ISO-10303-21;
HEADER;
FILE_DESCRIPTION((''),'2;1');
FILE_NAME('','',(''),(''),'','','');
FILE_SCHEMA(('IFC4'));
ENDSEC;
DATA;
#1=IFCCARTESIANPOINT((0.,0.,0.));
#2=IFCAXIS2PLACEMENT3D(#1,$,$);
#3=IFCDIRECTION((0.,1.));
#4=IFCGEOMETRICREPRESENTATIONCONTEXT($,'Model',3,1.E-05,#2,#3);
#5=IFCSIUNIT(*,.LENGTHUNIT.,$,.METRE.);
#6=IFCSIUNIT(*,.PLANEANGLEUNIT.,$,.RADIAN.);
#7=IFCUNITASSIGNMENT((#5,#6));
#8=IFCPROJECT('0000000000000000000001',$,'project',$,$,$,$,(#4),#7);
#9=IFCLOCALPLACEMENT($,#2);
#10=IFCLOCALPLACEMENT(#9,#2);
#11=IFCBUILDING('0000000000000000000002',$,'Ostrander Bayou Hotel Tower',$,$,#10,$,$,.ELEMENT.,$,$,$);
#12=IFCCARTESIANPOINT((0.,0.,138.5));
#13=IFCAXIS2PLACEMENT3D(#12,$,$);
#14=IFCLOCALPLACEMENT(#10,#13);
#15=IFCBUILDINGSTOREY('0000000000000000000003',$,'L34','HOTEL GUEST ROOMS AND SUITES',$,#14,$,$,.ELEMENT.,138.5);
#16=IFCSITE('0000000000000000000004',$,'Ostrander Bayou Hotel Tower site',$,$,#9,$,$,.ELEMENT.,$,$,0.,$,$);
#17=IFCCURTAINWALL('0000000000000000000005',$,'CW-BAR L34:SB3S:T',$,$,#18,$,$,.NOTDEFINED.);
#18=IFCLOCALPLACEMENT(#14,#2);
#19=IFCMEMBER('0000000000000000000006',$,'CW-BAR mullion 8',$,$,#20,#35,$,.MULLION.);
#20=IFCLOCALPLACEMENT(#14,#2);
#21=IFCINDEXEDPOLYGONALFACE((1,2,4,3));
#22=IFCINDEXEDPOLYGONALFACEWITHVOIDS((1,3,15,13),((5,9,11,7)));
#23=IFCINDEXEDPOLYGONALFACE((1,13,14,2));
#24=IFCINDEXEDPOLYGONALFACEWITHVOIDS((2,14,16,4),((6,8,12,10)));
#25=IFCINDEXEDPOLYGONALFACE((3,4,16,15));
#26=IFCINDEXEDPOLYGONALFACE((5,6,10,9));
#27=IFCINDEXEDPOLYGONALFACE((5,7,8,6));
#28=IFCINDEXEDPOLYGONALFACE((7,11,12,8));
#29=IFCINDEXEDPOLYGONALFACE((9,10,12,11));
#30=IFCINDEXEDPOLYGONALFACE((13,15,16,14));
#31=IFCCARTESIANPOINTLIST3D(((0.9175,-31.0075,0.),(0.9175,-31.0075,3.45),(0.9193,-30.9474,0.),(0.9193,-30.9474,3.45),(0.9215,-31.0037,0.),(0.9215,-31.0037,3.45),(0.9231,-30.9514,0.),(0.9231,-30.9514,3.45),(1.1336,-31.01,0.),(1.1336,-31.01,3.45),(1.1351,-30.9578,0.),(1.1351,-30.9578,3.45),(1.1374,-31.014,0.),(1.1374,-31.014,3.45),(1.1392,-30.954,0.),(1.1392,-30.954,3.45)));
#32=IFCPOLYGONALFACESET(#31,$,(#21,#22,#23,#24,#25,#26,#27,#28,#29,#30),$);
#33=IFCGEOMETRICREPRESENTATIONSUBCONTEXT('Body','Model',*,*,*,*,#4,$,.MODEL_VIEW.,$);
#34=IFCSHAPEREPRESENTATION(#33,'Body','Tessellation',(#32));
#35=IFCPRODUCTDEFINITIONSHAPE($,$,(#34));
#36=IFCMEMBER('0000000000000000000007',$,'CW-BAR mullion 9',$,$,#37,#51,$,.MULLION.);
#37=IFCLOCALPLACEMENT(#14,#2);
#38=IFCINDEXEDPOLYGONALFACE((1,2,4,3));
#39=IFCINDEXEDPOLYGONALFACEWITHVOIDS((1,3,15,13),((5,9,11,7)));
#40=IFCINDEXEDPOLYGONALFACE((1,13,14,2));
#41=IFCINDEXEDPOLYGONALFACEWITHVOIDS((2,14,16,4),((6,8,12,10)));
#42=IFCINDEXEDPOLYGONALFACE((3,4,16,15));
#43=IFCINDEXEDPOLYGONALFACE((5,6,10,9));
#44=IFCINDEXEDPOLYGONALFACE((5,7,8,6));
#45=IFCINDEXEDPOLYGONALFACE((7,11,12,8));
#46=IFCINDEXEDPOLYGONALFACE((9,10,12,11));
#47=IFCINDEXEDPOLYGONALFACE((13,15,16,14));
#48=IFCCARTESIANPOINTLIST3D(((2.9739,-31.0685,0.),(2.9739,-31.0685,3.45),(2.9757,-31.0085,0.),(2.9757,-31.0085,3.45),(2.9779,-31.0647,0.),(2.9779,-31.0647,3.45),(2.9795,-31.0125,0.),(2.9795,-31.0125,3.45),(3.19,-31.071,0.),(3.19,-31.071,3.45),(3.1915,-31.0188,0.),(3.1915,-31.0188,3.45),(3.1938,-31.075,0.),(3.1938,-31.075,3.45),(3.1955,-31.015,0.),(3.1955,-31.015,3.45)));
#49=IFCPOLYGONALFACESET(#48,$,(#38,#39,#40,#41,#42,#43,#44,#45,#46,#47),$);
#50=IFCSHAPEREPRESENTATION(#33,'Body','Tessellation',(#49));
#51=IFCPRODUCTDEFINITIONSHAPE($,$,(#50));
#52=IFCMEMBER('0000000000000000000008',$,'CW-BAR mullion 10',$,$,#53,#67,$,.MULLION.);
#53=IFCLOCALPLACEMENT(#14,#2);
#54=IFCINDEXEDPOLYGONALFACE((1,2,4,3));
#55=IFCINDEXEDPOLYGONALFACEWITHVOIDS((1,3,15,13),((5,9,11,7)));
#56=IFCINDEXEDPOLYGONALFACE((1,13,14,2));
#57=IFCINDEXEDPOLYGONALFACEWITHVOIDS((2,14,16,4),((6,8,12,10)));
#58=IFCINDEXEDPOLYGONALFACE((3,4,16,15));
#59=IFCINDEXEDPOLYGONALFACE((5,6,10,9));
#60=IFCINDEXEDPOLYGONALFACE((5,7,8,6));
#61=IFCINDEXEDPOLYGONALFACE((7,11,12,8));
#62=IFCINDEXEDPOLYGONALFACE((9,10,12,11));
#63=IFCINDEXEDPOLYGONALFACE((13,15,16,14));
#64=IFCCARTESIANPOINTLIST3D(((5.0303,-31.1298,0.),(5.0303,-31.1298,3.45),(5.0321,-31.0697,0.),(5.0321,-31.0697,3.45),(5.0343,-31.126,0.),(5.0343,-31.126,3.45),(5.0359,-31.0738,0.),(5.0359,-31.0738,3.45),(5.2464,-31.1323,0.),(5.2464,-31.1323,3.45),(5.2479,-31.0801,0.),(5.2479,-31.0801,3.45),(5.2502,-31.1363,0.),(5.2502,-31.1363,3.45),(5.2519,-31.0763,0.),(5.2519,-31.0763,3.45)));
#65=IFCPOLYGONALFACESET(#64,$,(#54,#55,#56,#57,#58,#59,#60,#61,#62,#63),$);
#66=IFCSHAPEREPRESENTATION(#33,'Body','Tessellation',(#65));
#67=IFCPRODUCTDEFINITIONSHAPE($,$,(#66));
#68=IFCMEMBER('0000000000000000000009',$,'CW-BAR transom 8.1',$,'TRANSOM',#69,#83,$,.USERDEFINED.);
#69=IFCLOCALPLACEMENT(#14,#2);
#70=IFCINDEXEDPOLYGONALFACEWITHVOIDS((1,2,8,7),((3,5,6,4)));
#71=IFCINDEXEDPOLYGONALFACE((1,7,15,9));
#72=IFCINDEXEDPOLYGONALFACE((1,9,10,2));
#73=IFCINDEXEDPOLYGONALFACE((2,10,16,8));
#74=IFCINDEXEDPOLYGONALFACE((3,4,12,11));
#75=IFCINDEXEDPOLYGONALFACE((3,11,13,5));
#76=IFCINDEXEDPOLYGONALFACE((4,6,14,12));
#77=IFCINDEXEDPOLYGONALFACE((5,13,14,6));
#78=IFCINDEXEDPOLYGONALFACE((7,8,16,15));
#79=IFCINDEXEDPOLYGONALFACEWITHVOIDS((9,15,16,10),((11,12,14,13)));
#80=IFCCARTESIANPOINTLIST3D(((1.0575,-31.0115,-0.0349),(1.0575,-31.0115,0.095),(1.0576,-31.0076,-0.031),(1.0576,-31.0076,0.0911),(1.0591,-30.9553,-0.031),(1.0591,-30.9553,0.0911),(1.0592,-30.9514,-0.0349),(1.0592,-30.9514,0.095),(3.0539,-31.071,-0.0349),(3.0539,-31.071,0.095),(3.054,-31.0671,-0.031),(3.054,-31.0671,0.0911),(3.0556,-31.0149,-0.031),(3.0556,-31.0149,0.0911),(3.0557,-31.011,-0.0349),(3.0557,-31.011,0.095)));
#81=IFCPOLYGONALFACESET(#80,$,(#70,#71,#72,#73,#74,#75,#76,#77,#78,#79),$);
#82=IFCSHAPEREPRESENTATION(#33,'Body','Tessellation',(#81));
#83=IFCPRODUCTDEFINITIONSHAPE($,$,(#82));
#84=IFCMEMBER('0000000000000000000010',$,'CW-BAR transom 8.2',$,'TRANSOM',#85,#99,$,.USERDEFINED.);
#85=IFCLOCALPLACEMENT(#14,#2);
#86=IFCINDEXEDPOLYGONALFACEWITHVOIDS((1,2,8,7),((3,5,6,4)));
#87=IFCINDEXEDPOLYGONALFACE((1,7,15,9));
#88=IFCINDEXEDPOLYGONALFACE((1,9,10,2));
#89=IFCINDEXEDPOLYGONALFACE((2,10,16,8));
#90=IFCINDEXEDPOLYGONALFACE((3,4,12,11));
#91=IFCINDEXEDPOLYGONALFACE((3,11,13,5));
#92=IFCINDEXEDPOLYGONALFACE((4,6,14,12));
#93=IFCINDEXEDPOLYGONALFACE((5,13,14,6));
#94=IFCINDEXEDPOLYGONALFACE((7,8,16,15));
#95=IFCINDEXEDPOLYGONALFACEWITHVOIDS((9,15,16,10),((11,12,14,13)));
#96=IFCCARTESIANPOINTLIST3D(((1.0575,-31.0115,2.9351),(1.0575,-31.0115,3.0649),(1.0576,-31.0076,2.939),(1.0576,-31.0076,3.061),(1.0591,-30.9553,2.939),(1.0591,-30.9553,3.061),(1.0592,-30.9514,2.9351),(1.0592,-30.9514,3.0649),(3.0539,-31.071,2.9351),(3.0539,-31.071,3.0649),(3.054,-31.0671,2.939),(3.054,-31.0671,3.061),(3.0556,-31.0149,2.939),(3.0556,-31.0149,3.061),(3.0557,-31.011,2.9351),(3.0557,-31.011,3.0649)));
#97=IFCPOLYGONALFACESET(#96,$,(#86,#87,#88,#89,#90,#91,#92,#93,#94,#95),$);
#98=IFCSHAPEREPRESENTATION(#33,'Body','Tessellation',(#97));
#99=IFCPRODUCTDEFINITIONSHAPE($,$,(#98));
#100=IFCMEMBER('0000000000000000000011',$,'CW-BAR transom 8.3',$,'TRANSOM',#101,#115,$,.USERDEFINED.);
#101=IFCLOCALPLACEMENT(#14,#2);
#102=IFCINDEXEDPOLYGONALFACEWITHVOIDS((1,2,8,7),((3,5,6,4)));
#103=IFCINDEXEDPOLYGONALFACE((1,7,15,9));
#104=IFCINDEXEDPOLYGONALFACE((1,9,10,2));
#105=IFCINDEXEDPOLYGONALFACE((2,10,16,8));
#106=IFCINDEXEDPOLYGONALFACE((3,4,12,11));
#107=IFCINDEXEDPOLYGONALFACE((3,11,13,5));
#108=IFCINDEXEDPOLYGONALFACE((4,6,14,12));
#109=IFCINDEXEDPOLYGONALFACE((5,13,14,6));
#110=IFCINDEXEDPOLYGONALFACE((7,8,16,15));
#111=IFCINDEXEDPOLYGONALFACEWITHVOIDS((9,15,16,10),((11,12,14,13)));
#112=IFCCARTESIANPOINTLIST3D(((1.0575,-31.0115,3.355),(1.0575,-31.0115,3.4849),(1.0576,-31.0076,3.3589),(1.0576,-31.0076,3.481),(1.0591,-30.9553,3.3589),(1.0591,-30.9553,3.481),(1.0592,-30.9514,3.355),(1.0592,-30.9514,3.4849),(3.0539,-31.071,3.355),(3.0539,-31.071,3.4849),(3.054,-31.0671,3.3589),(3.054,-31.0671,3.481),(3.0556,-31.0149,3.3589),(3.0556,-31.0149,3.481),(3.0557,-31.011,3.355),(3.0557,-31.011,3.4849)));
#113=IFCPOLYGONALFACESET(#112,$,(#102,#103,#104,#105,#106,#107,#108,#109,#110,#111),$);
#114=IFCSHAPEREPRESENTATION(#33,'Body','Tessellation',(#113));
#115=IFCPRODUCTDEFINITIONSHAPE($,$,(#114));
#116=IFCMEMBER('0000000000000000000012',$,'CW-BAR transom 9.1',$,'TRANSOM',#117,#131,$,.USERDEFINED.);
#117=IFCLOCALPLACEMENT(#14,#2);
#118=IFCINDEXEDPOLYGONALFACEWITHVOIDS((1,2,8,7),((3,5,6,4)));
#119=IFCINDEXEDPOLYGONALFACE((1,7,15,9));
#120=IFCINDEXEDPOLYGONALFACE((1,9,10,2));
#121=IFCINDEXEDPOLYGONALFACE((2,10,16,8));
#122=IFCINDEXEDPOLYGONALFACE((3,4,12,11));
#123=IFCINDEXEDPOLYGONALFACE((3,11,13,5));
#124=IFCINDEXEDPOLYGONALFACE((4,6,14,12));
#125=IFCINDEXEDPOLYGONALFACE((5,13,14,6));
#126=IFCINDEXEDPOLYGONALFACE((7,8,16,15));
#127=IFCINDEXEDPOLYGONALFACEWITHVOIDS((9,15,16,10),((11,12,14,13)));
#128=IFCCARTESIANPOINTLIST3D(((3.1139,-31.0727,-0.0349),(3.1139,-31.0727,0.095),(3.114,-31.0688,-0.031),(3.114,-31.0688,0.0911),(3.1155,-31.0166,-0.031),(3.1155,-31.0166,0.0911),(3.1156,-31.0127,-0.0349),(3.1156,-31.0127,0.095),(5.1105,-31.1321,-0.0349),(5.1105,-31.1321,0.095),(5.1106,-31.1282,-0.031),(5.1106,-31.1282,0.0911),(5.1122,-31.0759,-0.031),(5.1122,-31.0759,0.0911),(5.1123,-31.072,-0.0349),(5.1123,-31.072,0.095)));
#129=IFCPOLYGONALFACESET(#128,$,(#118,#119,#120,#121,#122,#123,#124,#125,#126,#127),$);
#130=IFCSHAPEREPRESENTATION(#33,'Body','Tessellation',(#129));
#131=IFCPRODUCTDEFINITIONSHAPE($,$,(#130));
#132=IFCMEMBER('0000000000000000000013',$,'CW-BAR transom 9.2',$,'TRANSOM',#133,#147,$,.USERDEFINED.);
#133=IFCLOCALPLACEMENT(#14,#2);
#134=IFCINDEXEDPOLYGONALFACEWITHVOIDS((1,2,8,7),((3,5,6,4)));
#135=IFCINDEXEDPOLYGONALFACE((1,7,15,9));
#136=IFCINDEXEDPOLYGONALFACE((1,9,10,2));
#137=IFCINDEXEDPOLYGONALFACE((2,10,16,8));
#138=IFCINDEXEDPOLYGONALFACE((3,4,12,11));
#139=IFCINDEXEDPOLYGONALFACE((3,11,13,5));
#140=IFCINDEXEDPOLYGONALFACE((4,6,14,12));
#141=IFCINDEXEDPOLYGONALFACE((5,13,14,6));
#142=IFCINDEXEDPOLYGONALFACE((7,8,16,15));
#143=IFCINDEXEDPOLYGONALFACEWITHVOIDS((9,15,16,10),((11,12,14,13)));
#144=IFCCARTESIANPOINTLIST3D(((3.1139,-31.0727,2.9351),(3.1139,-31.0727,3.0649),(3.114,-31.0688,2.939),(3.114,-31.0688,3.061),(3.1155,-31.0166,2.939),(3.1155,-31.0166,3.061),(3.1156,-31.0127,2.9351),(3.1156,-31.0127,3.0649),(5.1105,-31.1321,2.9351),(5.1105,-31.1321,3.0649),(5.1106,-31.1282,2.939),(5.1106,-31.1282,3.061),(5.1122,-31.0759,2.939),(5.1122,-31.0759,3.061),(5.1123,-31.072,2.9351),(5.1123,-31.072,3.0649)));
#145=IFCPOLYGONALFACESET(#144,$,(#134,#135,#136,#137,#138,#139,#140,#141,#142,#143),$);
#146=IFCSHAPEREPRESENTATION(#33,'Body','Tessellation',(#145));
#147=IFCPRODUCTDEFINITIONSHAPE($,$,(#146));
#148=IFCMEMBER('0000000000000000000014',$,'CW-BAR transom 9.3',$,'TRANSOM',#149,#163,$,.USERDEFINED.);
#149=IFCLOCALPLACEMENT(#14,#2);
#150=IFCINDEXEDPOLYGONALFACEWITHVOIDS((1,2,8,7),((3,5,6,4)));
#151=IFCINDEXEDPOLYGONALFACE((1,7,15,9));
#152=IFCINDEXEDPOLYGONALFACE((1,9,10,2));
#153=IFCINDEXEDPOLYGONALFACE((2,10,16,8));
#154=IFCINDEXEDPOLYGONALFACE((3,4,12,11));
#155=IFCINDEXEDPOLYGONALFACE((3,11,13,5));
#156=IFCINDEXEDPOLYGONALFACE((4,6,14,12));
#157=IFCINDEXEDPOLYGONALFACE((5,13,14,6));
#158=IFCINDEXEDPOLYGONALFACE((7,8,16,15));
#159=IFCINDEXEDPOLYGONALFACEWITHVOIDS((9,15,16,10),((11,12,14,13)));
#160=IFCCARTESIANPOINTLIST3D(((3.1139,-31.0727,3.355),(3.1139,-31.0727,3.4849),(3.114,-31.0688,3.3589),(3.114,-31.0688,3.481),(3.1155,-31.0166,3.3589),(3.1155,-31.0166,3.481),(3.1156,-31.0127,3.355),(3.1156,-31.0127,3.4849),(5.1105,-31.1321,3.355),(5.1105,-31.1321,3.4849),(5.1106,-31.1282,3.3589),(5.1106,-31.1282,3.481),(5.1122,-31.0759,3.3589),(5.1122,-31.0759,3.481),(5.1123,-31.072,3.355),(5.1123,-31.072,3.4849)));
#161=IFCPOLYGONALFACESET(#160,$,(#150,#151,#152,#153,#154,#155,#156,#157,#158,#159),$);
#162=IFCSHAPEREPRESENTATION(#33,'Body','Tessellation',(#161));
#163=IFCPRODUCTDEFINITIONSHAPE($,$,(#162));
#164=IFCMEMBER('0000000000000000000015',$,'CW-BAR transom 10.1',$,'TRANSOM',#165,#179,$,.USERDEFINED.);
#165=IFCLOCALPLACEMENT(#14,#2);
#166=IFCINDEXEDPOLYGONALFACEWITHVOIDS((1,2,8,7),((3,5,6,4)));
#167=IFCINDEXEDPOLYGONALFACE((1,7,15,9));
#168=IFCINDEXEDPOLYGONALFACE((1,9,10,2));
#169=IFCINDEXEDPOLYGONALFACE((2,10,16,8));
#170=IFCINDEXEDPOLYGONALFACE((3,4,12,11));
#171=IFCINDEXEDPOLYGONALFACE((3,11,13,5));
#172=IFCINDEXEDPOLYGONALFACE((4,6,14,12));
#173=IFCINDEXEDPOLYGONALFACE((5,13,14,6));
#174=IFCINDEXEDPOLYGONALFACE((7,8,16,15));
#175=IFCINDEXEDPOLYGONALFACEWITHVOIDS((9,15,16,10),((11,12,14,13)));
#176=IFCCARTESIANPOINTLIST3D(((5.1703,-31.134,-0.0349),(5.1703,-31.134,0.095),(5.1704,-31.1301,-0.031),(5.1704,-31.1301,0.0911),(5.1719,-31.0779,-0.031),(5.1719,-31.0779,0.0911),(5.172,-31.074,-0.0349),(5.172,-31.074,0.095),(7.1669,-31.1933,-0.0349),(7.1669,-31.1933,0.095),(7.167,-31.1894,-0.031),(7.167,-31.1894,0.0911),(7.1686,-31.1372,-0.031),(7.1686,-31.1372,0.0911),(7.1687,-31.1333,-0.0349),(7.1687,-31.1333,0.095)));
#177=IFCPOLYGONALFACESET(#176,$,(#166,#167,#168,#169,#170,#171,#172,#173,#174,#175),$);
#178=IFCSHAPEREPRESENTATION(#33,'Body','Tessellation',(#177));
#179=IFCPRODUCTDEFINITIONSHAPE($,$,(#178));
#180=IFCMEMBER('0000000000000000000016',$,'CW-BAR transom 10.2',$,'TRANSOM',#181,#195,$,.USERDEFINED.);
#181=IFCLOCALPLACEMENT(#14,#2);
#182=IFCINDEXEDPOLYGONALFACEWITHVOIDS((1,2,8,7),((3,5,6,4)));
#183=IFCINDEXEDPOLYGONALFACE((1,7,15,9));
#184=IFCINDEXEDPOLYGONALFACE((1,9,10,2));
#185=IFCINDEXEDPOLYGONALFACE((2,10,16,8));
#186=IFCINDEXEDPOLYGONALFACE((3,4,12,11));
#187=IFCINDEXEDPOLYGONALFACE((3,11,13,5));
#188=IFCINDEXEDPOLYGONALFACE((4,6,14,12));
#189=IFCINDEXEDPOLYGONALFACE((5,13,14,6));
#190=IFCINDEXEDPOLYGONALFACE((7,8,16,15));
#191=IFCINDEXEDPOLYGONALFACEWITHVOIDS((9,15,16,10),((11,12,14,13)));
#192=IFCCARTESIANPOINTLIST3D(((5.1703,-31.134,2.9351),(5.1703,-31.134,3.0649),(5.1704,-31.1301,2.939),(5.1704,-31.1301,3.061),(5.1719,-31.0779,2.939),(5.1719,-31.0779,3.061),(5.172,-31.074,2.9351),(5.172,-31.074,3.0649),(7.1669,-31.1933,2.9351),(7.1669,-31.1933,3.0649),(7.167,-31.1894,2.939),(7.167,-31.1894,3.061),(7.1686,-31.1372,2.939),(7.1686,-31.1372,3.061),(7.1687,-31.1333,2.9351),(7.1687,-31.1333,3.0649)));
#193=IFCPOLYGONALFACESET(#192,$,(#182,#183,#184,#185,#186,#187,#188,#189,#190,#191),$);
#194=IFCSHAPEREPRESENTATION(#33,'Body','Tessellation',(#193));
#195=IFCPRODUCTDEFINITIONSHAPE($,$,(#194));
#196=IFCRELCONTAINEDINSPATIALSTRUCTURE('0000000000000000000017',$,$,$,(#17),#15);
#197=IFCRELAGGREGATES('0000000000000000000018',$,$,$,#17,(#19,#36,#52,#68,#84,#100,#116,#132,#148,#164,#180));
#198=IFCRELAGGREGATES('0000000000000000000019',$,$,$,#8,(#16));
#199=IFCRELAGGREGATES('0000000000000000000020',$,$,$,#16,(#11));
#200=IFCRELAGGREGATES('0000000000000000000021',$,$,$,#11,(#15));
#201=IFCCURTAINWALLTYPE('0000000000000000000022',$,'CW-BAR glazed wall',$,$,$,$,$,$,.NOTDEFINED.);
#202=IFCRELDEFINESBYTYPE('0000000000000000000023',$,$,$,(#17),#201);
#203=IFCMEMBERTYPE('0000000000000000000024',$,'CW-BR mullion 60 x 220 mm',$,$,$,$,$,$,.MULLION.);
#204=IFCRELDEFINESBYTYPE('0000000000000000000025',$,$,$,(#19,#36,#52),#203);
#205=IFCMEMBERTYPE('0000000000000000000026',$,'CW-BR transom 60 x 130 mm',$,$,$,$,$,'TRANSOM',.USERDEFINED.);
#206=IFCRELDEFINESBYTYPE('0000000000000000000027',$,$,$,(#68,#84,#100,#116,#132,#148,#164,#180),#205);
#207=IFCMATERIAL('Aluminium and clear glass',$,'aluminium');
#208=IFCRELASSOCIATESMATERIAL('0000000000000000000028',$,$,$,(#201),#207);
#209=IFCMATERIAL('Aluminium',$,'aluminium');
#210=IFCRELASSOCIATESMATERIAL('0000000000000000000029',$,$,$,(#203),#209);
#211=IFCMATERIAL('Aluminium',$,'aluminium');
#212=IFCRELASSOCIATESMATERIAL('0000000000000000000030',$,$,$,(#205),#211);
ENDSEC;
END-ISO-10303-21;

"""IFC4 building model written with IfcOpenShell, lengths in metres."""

from ifc_helpers import new_model, si_unit, direction, frame, origin, origin_2d, place, context, subcontext, project, spatial, hollow_rectangle, extrude, material, material_profile, profile_set, type_object, element, aggregate, save


model = new_model("IFC4")

# Units and contexts
model_context = context("Model", 3, precision=1e-05, world=origin(), true_north=direction((0.0, 1.0)))
body_context = subcontext(model_context, "Body", "Model", "MODEL_VIEW")
ifc_project = project(units=[si_unit("LENGTHUNIT", "METRE"), si_unit("PLANEANGLEUNIT", "RADIAN")], contexts=[model_context])

# Site, building, storey
site_placement = place(None, origin())
site = spatial("IfcSite", under=ifc_project, at=site_placement, Name="Ostrander Bayou Hotel Tower site", CompositionType="ELEMENT", RefElevation=0.0)
building_placement = place(site_placement, origin())
building = spatial("IfcBuilding", under=site, at=building_placement, Name="Ostrander Bayou Hotel Tower", CompositionType="ELEMENT")
storey_placement = place(building_placement, frame((0.0, 0.0, 138.5)))
storey = spatial("IfcBuildingStorey", under=building, at=storey_placement, Name="L34", Description="HOTEL GUEST ROOMS AND SUITES", CompositionType="ELEMENT", Elevation=138.5)

# Curtain wall, members
ifc_material_1 = material(Name="Aluminium and clear glass", Category="aluminium")
curtain_wall_type = type_object("IfcCurtainWallType", Name="CW-BAR glazed wall", PredefinedType="NOTDEFINED", material=ifc_material_1)
curtain_wall_placement = place(storey_placement, origin())
curtain_wall = element("IfcCurtainWall", 1, at=curtain_wall_placement, inside=storey, type_object=curtain_wall_type, Name="CW-BAR L34:SB3S:T", PredefinedType="NOTDEFINED")
ifc_material_2 = material(Name="Aluminium", Category="aluminium")
ifc_material_profile_1 = material_profile(ifc_material_2, hollow_rectangle(XDim=0.0601, YDim=0.22, WallThickness=0.0039, at=origin_2d()))
ifc_profile_set_1 = profile_set([ifc_material_profile_1], Name="Aluminium")
member_type_1 = type_object("IfcMemberType", Name="CW-BR mullion 60 x 220 mm", PredefinedType="MULLION", material=ifc_profile_set_1)
member_1_placement = place(storey_placement, frame((1.0283, -30.9807, 0.0), z_axis=(0.0, 0.0, 1.0), x_axis=(0.029746, 0.999557, 0.0)))
member_1 = element("IfcMember", 2, at=member_1_placement, type_object=member_type_1, Name="CW-BAR mullion 8", PredefinedType="MULLION", context=body_context, shape_type="SweptSolid", body=[
    extrude(hollow_rectangle(XDim=0.0601, YDim=0.22, WallThickness=0.0039, at=origin_2d()), origin(), (0.0, 0.0, 1.0), 3.45),
])
member_2_placement = place(storey_placement, frame((3.0847, -31.0417, 0.0), z_axis=(0.0, 0.0, 1.0), x_axis=(0.029746, 0.999557, 0.0)))
member_2 = element("IfcMember", 3, at=member_2_placement, type_object=member_type_1, Name="CW-BAR mullion 9", PredefinedType="MULLION", context=body_context, shape_type="SweptSolid", body=[
    extrude(hollow_rectangle(XDim=0.0601, YDim=0.22, WallThickness=0.0039, at=origin_2d()), origin(), (0.0, 0.0, 1.0), 3.45),
])
member_3_placement = place(storey_placement, frame((5.1411, -31.103, 0.0), z_axis=(0.0, 0.0, 1.0), x_axis=(0.029746, 0.999557, 0.0)))
member_3 = element("IfcMember", 4, at=member_3_placement, type_object=member_type_1, Name="CW-BAR mullion 10", PredefinedType="MULLION", context=body_context, shape_type="SweptSolid", body=[
    extrude(hollow_rectangle(XDim=0.0601, YDim=0.22, WallThickness=0.0039, at=origin_2d()), origin(), (0.0, 0.0, 1.0), 3.45),
])
ifc_material_3 = material(Name="Aluminium", Category="aluminium")
ifc_material_profile_2 = material_profile(ifc_material_3, hollow_rectangle(XDim=0.0601, YDim=0.1299, WallThickness=0.0039, at=origin_2d()))
ifc_profile_set_2 = profile_set([ifc_material_profile_2], Name="Aluminium")
member_type_2 = type_object("IfcMemberType", Name="CW-BR transom 60 x 130 mm", ElementType="TRANSOM", PredefinedType="USERDEFINED", material=ifc_profile_set_2)
member_4_placement = place(storey_placement, frame((1.0583, -30.9814, 0.03), z_axis=(0.999555, -0.029827, 0.0), x_axis=(0.029827, 0.999555, 0.0)))
member_4 = element("IfcMember", 5, at=member_4_placement, type_object=member_type_2, Name="CW-BAR transom 8.1", ObjectType="TRANSOM", PredefinedType="USERDEFINED", context=body_context, shape_type="SweptSolid", body=[
    extrude(hollow_rectangle(XDim=0.0601, YDim=0.1299, WallThickness=0.0039, at=origin_2d()), origin(), (0.0, 0.0, 1.0), 1.9973),
])
member_5_placement = place(storey_placement, frame((1.0583, -30.9814, 3.0), z_axis=(0.999555, -0.029827, 0.0), x_axis=(0.029827, 0.999555, 0.0)))
member_5 = element("IfcMember", 6, at=member_5_placement, type_object=member_type_2, Name="CW-BAR transom 8.2", ObjectType="TRANSOM", PredefinedType="USERDEFINED", context=body_context, shape_type="SweptSolid", body=[
    extrude(hollow_rectangle(XDim=0.0601, YDim=0.1299, WallThickness=0.0039, at=origin_2d()), origin(), (0.0, 0.0, 1.0), 1.9973),
])
member_6_placement = place(storey_placement, frame((1.0583, -30.9814, 3.4199), z_axis=(0.999555, -0.029827, 0.0), x_axis=(0.029827, 0.999555, 0.0)))
member_6 = element("IfcMember", 7, at=member_6_placement, type_object=member_type_2, Name="CW-BAR transom 8.3", ObjectType="TRANSOM", PredefinedType="USERDEFINED", context=body_context, shape_type="SweptSolid", body=[
    extrude(hollow_rectangle(XDim=0.0601, YDim=0.1299, WallThickness=0.0039, at=origin_2d()), origin(), (0.0, 0.0, 1.0), 1.9973),
])
member_7_placement = place(storey_placement, frame((3.1147, -31.0427, 0.03), z_axis=(0.999559, -0.029701, 0.0), x_axis=(0.029701, 0.999559, 0.0)))
member_7 = element("IfcMember", 8, at=member_7_placement, type_object=member_type_2, Name="CW-BAR transom 9.1", ObjectType="TRANSOM", PredefinedType="USERDEFINED", context=body_context, shape_type="SweptSolid", body=[
    extrude(hollow_rectangle(XDim=0.0601, YDim=0.1299, WallThickness=0.0039, at=origin_2d()), origin(), (0.0, 0.0, 1.0), 1.9976),
])
member_8_placement = place(storey_placement, frame((3.1147, -31.0427, 3.0), z_axis=(0.999559, -0.029701, 0.0), x_axis=(0.029701, 0.999559, 0.0)))
member_8 = element("IfcMember", 9, at=member_8_placement, type_object=member_type_2, Name="CW-BAR transom 9.2", ObjectType="TRANSOM", PredefinedType="USERDEFINED", context=body_context, shape_type="SweptSolid", body=[
    extrude(hollow_rectangle(XDim=0.0601, YDim=0.1299, WallThickness=0.0039, at=origin_2d()), origin(), (0.0, 0.0, 1.0), 1.9976),
])
member_9_placement = place(storey_placement, frame((3.1147, -31.0427, 3.4199), z_axis=(0.999559, -0.029701, 0.0), x_axis=(0.029701, 0.999559, 0.0)))
member_9 = element("IfcMember", 10, at=member_9_placement, type_object=member_type_2, Name="CW-BAR transom 9.3", ObjectType="TRANSOM", PredefinedType="USERDEFINED", context=body_context, shape_type="SweptSolid", body=[
    extrude(hollow_rectangle(XDim=0.0601, YDim=0.1299, WallThickness=0.0039, at=origin_2d()), origin(), (0.0, 0.0, 1.0), 1.9976),
])
member_10_placement = place(storey_placement, frame((5.1711, -31.104, 0.03), z_axis=(0.999559, -0.029701, 0.0), x_axis=(0.029701, 0.999559, 0.0)))
member_10 = element("IfcMember", 11, at=member_10_placement, type_object=member_type_2, Name="CW-BAR transom 10.1", ObjectType="TRANSOM", PredefinedType="USERDEFINED", context=body_context, shape_type="SweptSolid", body=[
    extrude(hollow_rectangle(XDim=0.0601, YDim=0.1299, WallThickness=0.0039, at=origin_2d()), origin(), (0.0, 0.0, 1.0), 1.9976),
])
member_11_placement = place(storey_placement, frame((5.1711, -31.104, 3.0), z_axis=(0.999559, -0.029701, 0.0), x_axis=(0.029701, 0.999559, 0.0)))
member_11 = element("IfcMember", 12, at=member_11_placement, type_object=member_type_2, Name="CW-BAR transom 10.2", ObjectType="TRANSOM", PredefinedType="USERDEFINED", context=body_context, shape_type="SweptSolid", body=[
    extrude(hollow_rectangle(XDim=0.0601, YDim=0.1299, WallThickness=0.0039, at=origin_2d()), origin(), (0.0, 0.0, 1.0), 1.9976),
])
aggregate(curtain_wall, [member_1, member_2, member_3, member_4, member_5, member_6, member_7, member_8, member_9, member_10, member_11])

save(model, "model.ifc")
